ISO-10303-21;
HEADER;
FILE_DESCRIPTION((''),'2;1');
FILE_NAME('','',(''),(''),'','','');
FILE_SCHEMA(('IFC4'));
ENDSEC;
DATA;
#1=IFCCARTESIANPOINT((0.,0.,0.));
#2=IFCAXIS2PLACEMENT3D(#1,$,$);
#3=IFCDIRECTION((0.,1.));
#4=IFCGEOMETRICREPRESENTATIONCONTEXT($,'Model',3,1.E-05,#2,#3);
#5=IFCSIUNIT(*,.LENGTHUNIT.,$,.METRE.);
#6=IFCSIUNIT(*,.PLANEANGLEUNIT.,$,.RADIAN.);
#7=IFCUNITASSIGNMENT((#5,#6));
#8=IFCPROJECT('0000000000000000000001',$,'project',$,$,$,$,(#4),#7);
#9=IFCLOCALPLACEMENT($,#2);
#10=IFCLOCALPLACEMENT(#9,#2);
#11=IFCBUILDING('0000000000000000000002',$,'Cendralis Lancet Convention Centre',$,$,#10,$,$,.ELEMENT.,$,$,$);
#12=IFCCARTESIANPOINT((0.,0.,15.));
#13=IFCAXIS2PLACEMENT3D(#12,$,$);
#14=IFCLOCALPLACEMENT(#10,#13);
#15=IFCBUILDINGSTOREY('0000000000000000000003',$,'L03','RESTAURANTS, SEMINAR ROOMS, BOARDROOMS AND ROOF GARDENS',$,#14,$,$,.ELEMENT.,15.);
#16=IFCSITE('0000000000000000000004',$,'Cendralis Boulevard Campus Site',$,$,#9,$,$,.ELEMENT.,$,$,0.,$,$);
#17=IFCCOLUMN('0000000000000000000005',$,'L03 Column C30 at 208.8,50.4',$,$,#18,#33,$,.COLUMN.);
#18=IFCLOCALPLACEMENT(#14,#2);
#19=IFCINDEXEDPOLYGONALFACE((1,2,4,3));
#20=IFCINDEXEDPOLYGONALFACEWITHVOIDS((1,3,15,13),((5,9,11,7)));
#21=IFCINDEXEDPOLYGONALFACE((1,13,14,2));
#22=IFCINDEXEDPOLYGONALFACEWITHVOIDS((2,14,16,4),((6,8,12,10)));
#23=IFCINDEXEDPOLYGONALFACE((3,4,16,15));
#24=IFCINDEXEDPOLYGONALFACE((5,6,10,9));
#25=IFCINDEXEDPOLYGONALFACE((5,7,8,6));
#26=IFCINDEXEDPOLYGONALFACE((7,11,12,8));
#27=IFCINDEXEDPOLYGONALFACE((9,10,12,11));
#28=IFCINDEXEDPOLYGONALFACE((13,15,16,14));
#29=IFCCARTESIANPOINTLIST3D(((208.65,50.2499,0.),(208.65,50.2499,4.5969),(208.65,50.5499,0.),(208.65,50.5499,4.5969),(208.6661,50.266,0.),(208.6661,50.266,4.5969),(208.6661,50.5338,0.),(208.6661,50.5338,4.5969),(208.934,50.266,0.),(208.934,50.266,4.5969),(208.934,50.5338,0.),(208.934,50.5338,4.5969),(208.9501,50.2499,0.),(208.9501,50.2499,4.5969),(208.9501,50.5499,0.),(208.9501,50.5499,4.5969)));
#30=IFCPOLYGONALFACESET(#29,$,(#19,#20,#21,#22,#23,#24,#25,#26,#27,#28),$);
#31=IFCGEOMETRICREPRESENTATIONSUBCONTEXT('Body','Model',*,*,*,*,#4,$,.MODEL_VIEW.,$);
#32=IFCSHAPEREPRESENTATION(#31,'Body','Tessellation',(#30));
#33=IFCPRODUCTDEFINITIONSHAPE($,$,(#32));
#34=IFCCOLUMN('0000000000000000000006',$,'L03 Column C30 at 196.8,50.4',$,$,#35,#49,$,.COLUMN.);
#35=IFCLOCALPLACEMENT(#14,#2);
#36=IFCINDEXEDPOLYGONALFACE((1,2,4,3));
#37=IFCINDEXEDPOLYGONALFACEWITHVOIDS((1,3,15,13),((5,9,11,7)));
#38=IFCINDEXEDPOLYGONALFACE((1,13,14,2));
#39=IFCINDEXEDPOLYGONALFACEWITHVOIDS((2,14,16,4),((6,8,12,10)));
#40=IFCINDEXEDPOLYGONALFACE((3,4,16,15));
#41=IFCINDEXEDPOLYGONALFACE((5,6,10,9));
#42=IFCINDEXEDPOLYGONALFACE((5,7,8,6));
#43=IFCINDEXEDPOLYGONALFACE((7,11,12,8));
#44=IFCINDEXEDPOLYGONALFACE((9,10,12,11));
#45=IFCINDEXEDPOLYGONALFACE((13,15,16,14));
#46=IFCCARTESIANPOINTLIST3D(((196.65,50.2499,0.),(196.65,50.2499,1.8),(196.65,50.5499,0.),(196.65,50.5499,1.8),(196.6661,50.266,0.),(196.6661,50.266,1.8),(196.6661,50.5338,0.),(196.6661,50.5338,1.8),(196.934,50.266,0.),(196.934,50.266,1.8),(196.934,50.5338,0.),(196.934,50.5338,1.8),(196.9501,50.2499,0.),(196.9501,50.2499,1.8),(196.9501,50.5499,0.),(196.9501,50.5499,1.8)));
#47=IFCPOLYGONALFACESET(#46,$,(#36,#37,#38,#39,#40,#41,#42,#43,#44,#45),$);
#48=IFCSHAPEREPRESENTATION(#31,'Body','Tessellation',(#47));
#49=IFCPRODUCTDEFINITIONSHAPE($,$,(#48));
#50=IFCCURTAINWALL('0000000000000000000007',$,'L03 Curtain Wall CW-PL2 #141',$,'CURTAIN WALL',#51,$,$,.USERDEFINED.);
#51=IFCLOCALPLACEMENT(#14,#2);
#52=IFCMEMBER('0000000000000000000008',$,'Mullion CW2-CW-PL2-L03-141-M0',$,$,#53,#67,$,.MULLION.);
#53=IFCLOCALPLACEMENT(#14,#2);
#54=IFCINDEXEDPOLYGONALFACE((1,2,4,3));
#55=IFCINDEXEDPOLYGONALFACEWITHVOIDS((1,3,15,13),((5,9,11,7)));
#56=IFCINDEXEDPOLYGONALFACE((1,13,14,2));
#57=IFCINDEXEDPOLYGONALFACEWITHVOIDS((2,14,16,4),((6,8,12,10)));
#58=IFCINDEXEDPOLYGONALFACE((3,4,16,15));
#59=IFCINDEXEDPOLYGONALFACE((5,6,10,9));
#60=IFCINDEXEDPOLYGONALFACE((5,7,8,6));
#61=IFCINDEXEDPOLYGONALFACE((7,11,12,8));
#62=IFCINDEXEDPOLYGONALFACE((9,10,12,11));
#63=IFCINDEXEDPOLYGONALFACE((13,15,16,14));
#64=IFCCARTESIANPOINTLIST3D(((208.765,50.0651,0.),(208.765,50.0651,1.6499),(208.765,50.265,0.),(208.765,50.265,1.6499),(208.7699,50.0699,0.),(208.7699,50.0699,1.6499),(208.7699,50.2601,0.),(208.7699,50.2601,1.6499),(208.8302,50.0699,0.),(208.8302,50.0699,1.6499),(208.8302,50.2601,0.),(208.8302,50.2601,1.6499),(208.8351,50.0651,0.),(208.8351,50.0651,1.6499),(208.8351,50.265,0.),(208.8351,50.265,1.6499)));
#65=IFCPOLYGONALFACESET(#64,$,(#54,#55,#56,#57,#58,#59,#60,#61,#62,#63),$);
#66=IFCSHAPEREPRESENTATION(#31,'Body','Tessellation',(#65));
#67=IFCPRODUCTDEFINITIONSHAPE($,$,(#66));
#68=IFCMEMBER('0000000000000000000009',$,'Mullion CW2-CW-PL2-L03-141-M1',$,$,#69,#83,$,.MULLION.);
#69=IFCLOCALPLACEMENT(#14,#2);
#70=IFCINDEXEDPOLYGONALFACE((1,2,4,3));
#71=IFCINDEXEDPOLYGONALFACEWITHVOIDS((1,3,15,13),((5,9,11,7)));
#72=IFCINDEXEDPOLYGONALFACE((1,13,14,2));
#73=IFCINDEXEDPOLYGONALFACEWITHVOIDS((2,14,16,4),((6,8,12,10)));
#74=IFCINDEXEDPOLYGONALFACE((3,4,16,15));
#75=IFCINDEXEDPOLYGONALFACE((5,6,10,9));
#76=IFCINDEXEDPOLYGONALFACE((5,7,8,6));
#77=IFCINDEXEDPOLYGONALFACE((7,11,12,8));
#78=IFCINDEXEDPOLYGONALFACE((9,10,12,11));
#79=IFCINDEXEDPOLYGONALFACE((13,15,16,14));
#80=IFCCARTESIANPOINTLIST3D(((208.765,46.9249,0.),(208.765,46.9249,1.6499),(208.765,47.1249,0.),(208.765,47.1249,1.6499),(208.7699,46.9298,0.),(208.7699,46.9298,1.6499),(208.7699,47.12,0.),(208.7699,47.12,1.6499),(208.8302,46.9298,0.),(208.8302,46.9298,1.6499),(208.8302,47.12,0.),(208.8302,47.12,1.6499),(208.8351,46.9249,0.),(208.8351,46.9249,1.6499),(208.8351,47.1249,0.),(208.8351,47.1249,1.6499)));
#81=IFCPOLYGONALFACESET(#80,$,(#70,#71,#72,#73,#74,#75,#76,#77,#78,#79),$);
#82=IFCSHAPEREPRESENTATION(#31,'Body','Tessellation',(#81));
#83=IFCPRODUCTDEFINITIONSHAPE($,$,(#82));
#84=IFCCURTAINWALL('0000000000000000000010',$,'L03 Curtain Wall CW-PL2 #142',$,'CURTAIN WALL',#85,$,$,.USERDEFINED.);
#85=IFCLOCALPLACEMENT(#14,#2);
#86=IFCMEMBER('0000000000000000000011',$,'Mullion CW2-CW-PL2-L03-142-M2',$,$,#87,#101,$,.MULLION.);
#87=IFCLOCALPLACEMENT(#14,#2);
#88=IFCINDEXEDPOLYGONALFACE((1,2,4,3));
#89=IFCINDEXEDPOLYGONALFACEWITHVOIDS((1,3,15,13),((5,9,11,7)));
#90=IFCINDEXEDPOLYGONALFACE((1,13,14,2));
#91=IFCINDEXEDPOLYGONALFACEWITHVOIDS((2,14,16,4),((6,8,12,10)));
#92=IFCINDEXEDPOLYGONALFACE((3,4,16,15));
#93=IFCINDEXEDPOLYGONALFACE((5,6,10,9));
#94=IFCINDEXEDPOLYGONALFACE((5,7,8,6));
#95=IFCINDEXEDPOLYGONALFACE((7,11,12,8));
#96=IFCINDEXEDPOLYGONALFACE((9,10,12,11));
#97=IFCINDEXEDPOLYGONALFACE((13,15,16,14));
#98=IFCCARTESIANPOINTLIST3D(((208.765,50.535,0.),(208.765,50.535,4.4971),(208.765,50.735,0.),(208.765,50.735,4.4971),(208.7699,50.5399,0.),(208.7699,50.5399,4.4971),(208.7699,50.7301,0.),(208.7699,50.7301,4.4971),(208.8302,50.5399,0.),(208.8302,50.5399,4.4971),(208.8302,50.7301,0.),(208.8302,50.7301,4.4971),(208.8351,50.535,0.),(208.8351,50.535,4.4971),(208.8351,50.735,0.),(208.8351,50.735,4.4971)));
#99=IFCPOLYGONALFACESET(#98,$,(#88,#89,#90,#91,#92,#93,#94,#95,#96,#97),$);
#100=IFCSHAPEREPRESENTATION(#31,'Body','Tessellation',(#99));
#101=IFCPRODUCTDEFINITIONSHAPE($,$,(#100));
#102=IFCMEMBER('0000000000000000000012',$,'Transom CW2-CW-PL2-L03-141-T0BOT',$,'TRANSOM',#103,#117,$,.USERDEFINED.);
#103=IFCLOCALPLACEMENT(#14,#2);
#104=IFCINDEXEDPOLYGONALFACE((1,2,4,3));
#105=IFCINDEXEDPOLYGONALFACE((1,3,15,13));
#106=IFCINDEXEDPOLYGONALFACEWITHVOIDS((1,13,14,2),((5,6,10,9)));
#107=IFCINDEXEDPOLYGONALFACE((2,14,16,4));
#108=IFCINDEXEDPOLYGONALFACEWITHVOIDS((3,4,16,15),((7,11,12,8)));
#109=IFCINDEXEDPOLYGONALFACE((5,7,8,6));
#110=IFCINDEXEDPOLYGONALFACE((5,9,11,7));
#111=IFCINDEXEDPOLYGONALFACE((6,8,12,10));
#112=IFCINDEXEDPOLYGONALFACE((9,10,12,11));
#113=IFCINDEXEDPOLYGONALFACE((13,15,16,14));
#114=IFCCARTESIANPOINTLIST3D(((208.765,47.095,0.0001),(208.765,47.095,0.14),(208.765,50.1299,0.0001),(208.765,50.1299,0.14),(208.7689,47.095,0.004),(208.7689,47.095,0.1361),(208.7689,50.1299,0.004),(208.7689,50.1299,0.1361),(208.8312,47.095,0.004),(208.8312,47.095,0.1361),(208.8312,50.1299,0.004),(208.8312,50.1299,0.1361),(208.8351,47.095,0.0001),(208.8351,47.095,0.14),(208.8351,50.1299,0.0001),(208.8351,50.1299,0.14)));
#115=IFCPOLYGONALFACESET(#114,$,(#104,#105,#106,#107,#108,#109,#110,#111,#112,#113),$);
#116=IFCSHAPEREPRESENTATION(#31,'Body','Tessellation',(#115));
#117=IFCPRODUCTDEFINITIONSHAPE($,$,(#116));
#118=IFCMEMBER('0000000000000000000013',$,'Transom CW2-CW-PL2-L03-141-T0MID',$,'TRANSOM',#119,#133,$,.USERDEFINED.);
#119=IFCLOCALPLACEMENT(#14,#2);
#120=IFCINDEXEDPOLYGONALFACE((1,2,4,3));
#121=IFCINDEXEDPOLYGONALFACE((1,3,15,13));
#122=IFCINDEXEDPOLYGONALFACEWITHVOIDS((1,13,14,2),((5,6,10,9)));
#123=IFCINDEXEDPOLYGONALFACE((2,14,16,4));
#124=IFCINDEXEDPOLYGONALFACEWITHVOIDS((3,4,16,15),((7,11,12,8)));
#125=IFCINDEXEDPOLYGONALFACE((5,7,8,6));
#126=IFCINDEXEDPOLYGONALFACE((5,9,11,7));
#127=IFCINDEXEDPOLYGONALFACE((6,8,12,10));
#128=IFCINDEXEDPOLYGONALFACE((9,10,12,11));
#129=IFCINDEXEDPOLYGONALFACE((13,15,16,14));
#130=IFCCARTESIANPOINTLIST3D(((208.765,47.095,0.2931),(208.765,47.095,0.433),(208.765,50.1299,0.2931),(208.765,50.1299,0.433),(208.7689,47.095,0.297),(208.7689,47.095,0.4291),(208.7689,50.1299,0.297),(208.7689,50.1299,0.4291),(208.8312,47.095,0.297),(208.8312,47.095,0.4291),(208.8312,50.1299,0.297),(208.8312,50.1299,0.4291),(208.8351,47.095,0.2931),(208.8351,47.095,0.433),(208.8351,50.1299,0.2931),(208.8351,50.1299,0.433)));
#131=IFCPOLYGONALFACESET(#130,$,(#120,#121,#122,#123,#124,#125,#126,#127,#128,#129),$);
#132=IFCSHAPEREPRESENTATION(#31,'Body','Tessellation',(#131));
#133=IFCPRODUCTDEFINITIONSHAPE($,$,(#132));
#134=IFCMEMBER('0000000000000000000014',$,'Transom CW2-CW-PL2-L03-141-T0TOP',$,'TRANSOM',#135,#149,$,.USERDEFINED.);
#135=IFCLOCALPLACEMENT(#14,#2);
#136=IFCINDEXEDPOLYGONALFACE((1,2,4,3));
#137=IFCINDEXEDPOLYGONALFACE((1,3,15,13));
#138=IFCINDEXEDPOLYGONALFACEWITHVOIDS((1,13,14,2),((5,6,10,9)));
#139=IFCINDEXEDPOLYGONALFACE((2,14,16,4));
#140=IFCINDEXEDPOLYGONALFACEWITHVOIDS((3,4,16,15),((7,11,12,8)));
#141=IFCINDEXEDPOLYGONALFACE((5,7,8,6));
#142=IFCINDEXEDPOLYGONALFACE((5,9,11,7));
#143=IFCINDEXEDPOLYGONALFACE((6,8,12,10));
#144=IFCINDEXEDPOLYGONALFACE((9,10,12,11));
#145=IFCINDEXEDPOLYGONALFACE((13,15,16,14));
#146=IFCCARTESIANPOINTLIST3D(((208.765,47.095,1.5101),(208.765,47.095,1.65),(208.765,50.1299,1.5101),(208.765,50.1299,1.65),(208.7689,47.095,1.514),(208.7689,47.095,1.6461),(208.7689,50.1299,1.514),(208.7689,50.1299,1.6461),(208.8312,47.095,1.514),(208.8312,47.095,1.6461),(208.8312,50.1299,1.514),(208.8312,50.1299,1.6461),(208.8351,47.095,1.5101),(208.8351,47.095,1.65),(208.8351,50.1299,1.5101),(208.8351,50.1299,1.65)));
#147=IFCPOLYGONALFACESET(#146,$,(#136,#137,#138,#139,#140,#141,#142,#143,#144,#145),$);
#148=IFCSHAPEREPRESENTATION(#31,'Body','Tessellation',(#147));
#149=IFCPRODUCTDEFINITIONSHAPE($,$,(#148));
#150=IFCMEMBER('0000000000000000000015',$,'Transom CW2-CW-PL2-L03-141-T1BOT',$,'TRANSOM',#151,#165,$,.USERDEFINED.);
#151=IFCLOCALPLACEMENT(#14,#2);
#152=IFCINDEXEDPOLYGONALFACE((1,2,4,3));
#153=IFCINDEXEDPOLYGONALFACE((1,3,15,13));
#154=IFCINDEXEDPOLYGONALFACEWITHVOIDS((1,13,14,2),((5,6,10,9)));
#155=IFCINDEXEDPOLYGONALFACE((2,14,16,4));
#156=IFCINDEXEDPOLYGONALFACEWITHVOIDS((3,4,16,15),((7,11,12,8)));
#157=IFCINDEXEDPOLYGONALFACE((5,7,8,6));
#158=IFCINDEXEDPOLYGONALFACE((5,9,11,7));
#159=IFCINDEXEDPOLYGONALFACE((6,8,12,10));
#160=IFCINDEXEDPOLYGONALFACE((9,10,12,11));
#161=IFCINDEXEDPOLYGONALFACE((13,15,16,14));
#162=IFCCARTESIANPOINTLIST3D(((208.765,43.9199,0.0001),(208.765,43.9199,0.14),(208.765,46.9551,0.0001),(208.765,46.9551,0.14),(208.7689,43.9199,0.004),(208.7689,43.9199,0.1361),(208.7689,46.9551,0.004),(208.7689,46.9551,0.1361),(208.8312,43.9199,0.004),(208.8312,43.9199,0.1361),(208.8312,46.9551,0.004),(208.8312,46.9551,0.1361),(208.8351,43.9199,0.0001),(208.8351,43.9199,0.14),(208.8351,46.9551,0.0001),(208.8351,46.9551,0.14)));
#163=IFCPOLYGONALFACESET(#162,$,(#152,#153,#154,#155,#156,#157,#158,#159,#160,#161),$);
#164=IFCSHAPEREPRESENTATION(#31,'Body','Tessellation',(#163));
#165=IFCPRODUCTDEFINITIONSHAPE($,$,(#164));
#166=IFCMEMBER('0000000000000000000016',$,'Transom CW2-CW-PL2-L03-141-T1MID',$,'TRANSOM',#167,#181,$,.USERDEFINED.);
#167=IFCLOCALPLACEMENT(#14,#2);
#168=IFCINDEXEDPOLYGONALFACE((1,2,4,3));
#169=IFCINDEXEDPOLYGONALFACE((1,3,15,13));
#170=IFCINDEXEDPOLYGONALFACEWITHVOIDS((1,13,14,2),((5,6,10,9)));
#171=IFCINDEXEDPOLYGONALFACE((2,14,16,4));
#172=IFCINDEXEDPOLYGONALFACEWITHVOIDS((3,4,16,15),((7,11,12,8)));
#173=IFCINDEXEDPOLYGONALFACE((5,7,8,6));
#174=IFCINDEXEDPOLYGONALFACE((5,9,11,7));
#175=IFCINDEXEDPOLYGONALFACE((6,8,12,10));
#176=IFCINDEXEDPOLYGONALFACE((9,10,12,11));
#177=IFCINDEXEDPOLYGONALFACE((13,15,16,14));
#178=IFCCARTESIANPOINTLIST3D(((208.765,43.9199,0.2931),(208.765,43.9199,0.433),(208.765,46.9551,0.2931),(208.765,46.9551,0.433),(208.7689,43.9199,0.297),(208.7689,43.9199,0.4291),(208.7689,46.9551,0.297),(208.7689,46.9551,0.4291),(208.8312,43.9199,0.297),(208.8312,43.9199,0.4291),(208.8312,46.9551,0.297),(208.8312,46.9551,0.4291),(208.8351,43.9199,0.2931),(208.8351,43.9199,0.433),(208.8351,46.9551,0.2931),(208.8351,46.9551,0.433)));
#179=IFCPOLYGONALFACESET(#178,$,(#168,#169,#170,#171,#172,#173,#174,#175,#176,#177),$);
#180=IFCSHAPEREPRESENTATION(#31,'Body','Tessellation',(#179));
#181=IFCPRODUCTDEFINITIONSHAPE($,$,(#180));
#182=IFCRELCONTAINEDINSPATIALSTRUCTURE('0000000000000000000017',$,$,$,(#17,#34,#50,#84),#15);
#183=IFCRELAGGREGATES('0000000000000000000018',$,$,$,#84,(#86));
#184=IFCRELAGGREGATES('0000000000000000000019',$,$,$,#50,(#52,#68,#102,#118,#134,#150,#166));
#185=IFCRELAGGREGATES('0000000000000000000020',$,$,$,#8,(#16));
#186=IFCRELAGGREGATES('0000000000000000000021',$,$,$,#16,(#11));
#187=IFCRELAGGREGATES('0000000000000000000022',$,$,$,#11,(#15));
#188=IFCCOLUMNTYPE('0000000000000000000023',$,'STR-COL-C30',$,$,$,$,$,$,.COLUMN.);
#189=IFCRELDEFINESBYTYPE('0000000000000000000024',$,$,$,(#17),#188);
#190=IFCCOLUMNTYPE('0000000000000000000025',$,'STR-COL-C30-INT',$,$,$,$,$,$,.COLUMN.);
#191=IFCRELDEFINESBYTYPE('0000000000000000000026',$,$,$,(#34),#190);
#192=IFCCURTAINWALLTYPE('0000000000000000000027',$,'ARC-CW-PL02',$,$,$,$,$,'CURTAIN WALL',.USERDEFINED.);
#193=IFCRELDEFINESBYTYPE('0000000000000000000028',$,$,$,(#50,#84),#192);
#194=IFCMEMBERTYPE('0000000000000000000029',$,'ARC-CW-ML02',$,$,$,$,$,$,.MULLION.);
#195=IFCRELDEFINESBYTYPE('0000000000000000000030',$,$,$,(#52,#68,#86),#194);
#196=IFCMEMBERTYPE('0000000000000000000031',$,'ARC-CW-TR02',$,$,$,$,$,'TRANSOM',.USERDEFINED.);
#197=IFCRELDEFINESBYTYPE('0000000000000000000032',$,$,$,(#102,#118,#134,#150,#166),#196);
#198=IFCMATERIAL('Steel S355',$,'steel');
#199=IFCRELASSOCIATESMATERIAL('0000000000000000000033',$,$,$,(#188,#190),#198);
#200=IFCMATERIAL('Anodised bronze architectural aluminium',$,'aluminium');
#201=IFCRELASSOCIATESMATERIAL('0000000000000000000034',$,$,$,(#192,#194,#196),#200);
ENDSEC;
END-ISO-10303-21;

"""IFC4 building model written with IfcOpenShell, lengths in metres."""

from ifc_helpers import new_model, si_unit, direction, frame, origin, origin_2d, place, context, subcontext, project, spatial, hollow_rectangle, extrude, material, material_profile, profile_set, type_object, element, aggregate, save


model = new_model("IFC4")

# Units and contexts
model_context = context("Model", 3, precision=1e-05, world=origin(), true_north=direction((0.0, 1.0)))
body_context = subcontext(model_context, "Body", "Model", "MODEL_VIEW")
ifc_project = project(units=[si_unit("LENGTHUNIT", "METRE"), si_unit("PLANEANGLEUNIT", "RADIAN")], contexts=[model_context])

# Site, building, storey
site_placement = place(None, origin())
site = spatial("IfcSite", under=ifc_project, at=site_placement, Name="Cendralis Boulevard Campus Site", CompositionType="ELEMENT", RefElevation=0.0)
building_placement = place(site_placement, origin())
building = spatial("IfcBuilding", under=site, at=building_placement, Name="Cendralis Lancet Convention Centre", CompositionType="ELEMENT")
storey_placement = place(building_placement, frame((0.0, 0.0, 15.0)))
storey = spatial("IfcBuildingStorey", under=building, at=storey_placement, Name="L03", Description="RESTAURANTS, SEMINAR ROOMS, BOARDROOMS AND ROOF GARDENS", CompositionType="ELEMENT", Elevation=15.0)

# Columns
ifc_material_1 = material(Name="Steel S355", Category="steel")
ifc_material_profile_1 = material_profile(ifc_material_1, hollow_rectangle(XDim=0.3, YDim=0.3, WallThickness=0.0161, at=origin_2d()), Name="SHS 300x300x16.0")
ifc_profile_set_1 = profile_set([ifc_material_profile_1], Name="Steel S355")
column_type_1 = type_object("IfcColumnType", Name="STR-COL-C30", PredefinedType="COLUMN", material=ifc_profile_set_1)
column_1_placement = place(storey_placement, frame((208.8, 50.3999, 0.0), z_axis=(0.0, 0.0, 1.0), x_axis=(1.0, 0.0, 0.0)))
element("IfcColumn", 1, at=column_1_placement, inside=storey, type_object=column_type_1, Name="L03 Column C30 at 208.8,50.4", PredefinedType="COLUMN", context=body_context, shape_type="SweptSolid", body=[
    extrude(hollow_rectangle(XDim=0.3, YDim=0.3, WallThickness=0.0161, at=origin_2d()), origin(), (0.0, 0.0, 1.0), 4.5969),
])
ifc_material_profile_2 = material_profile(ifc_material_1, hollow_rectangle(XDim=0.3, YDim=0.3, WallThickness=0.0161, at=origin_2d()), Name="SHS 300x300x16.0")
ifc_profile_set_2 = profile_set([ifc_material_profile_2], Name="Steel S355")
column_type_2 = type_object("IfcColumnType", Name="STR-COL-C30-INT", PredefinedType="COLUMN", material=ifc_profile_set_2)
column_2_placement = place(storey_placement, frame((196.8, 50.3999, 0.0), z_axis=(0.0, 0.0, 1.0), x_axis=(1.0, 0.0, 0.0)))
element("IfcColumn", 2, at=column_2_placement, inside=storey, type_object=column_type_2, Name="L03 Column C30 at 196.8,50.4", PredefinedType="COLUMN", context=body_context, shape_type="SweptSolid", body=[
    extrude(hollow_rectangle(XDim=0.3, YDim=0.3, WallThickness=0.0161, at=origin_2d()), origin(), (0.0, 0.0, 1.0), 1.8),
])

# Curtain wall, members
ifc_material_2 = material(Name="Anodised bronze architectural aluminium", Category="aluminium")
curtain_wall_type = type_object("IfcCurtainWallType", Name="ARC-CW-PL02", ElementType="CURTAIN WALL", PredefinedType="USERDEFINED", material=ifc_material_2)
curtain_wall_1_placement = place(storey_placement, origin())
curtain_wall_1 = element("IfcCurtainWall", 3, at=curtain_wall_1_placement, inside=storey, type_object=curtain_wall_type, Name="L03 Curtain Wall CW-PL2 #141", ObjectType="CURTAIN WALL", PredefinedType="USERDEFINED")
ifc_material_profile_3 = material_profile(ifc_material_2, hollow_rectangle(XDim=0.0701, YDim=0.2, WallThickness=0.0049, at=origin_2d()), Name="AL-MULL 70x200x5.0")
ifc_profile_set_3 = profile_set([ifc_material_profile_3], Name="Anodised bronze architectural aluminium")
member_type_1 = type_object("IfcMemberType", Name="ARC-CW-ML02", PredefinedType="MULLION", material=ifc_profile_set_3)
member_1_placement = place(storey_placement, frame((208.8, 50.165, 0.0), z_axis=(0.0, 0.0, 1.0), x_axis=(1.0, 0.0, 0.0)))
member_1 = element("IfcMember", 4, at=member_1_placement, type_object=member_type_1, Name="Mullion CW2-CW-PL2-L03-141-M0", PredefinedType="MULLION", context=body_context, shape_type="SweptSolid", body=[
    extrude(hollow_rectangle(XDim=0.0701, YDim=0.2, WallThickness=0.0049, at=origin_2d()), origin(), (0.0, 0.0, 1.0), 1.6499),
])
member_2_placement = place(storey_placement, frame((208.8, 47.0249, 0.0), z_axis=(0.0, 0.0, 1.0), x_axis=(1.0, 0.0, 0.0)))
member_2 = element("IfcMember", 5, at=member_2_placement, type_object=member_type_1, Name="Mullion CW2-CW-PL2-L03-141-M1", PredefinedType="MULLION", context=body_context, shape_type="SweptSolid", body=[
    extrude(hollow_rectangle(XDim=0.0701, YDim=0.2, WallThickness=0.0049, at=origin_2d()), origin(), (0.0, 0.0, 1.0), 1.6499),
])

# Curtain wall, member
curtain_wall_2_placement = place(storey_placement, origin())
curtain_wall_2 = element("IfcCurtainWall", 6, at=curtain_wall_2_placement, inside=storey, type_object=curtain_wall_type, Name="L03 Curtain Wall CW-PL2 #142", ObjectType="CURTAIN WALL", PredefinedType="USERDEFINED")
member_3_placement = place(storey_placement, frame((208.8, 50.635, 0.0), z_axis=(0.0, 0.0, 1.0), x_axis=(1.0, 0.0, 0.0)))
member_3 = element("IfcMember", 7, at=member_3_placement, type_object=member_type_1, Name="Mullion CW2-CW-PL2-L03-142-M2", PredefinedType="MULLION", context=body_context, shape_type="SweptSolid", body=[
    extrude(hollow_rectangle(XDim=0.0701, YDim=0.2, WallThickness=0.0049, at=origin_2d()), origin(), (0.0, 0.0, 1.0), 4.4971),
])
aggregate(curtain_wall_2, [member_3])

# Members
ifc_material_profile_4 = material_profile(ifc_material_2, hollow_rectangle(XDim=0.0701, YDim=0.1399, WallThickness=0.0039, at=origin_2d()), Name="AL-TRAN 70x140x4.0")
ifc_profile_set_4 = profile_set([ifc_material_profile_4], Name="Anodised bronze architectural aluminium")
member_type_2 = type_object("IfcMemberType", Name="ARC-CW-TR02", ElementType="TRANSOM", PredefinedType="USERDEFINED", material=ifc_profile_set_4)
member_4_placement = place(storey_placement, frame((208.8, 50.1299, 0.0701), z_axis=(0.0, -1.0, 0.0), x_axis=(1.0, 0.0, 0.0)))
member_4 = element("IfcMember", 8, at=member_4_placement, type_object=member_type_2, Name="Transom CW2-CW-PL2-L03-141-T0BOT", ObjectType="TRANSOM", PredefinedType="USERDEFINED", context=body_context, shape_type="SweptSolid", body=[
    extrude(hollow_rectangle(XDim=0.0701, YDim=0.1399, WallThickness=0.0039, at=origin_2d()), origin(), (0.0, 0.0, 1.0), 3.0349),
])
member_5_placement = place(storey_placement, frame((208.8, 50.1299, 0.363), z_axis=(0.0, -1.0, 0.0), x_axis=(1.0, 0.0, 0.0)))
member_5 = element("IfcMember", 9, at=member_5_placement, type_object=member_type_2, Name="Transom CW2-CW-PL2-L03-141-T0MID", ObjectType="TRANSOM", PredefinedType="USERDEFINED", context=body_context, shape_type="SweptSolid", body=[
    extrude(hollow_rectangle(XDim=0.0701, YDim=0.1399, WallThickness=0.0039, at=origin_2d()), origin(), (0.0, 0.0, 1.0), 3.0349),
])
member_6_placement = place(storey_placement, frame((208.8, 50.1299, 1.5801), z_axis=(0.0, -1.0, 0.0), x_axis=(1.0, 0.0, 0.0)))
member_6 = element("IfcMember", 10, at=member_6_placement, type_object=member_type_2, Name="Transom CW2-CW-PL2-L03-141-T0TOP", ObjectType="TRANSOM", PredefinedType="USERDEFINED", context=body_context, shape_type="SweptSolid", body=[
    extrude(hollow_rectangle(XDim=0.0701, YDim=0.1399, WallThickness=0.0039, at=origin_2d()), origin(), (0.0, 0.0, 1.0), 3.0349),
])
member_7_placement = place(storey_placement, frame((208.8, 46.9551, 0.0701), z_axis=(0.0, -1.0, 0.0), x_axis=(1.0, 0.0, 0.0)))
member_7 = element("IfcMember", 11, at=member_7_placement, type_object=member_type_2, Name="Transom CW2-CW-PL2-L03-141-T1BOT", ObjectType="TRANSOM", PredefinedType="USERDEFINED", context=body_context, shape_type="SweptSolid", body=[
    extrude(hollow_rectangle(XDim=0.0701, YDim=0.1399, WallThickness=0.0039, at=origin_2d()), origin(), (0.0, 0.0, 1.0), 3.0352),
])
member_8_placement = place(storey_placement, frame((208.8, 46.9551, 0.363), z_axis=(0.0, -1.0, 0.0), x_axis=(1.0, 0.0, 0.0)))
member_8 = element("IfcMember", 12, at=member_8_placement, type_object=member_type_2, Name="Transom CW2-CW-PL2-L03-141-T1MID", ObjectType="TRANSOM", PredefinedType="USERDEFINED", context=body_context, shape_type="SweptSolid", body=[
    extrude(hollow_rectangle(XDim=0.0701, YDim=0.1399, WallThickness=0.0039, at=origin_2d()), origin(), (0.0, 0.0, 1.0), 3.0352),
])

aggregate(curtain_wall_1, [member_1, member_2, member_4, member_5, member_6, member_7, member_8])

save(model, "model.ifc")
